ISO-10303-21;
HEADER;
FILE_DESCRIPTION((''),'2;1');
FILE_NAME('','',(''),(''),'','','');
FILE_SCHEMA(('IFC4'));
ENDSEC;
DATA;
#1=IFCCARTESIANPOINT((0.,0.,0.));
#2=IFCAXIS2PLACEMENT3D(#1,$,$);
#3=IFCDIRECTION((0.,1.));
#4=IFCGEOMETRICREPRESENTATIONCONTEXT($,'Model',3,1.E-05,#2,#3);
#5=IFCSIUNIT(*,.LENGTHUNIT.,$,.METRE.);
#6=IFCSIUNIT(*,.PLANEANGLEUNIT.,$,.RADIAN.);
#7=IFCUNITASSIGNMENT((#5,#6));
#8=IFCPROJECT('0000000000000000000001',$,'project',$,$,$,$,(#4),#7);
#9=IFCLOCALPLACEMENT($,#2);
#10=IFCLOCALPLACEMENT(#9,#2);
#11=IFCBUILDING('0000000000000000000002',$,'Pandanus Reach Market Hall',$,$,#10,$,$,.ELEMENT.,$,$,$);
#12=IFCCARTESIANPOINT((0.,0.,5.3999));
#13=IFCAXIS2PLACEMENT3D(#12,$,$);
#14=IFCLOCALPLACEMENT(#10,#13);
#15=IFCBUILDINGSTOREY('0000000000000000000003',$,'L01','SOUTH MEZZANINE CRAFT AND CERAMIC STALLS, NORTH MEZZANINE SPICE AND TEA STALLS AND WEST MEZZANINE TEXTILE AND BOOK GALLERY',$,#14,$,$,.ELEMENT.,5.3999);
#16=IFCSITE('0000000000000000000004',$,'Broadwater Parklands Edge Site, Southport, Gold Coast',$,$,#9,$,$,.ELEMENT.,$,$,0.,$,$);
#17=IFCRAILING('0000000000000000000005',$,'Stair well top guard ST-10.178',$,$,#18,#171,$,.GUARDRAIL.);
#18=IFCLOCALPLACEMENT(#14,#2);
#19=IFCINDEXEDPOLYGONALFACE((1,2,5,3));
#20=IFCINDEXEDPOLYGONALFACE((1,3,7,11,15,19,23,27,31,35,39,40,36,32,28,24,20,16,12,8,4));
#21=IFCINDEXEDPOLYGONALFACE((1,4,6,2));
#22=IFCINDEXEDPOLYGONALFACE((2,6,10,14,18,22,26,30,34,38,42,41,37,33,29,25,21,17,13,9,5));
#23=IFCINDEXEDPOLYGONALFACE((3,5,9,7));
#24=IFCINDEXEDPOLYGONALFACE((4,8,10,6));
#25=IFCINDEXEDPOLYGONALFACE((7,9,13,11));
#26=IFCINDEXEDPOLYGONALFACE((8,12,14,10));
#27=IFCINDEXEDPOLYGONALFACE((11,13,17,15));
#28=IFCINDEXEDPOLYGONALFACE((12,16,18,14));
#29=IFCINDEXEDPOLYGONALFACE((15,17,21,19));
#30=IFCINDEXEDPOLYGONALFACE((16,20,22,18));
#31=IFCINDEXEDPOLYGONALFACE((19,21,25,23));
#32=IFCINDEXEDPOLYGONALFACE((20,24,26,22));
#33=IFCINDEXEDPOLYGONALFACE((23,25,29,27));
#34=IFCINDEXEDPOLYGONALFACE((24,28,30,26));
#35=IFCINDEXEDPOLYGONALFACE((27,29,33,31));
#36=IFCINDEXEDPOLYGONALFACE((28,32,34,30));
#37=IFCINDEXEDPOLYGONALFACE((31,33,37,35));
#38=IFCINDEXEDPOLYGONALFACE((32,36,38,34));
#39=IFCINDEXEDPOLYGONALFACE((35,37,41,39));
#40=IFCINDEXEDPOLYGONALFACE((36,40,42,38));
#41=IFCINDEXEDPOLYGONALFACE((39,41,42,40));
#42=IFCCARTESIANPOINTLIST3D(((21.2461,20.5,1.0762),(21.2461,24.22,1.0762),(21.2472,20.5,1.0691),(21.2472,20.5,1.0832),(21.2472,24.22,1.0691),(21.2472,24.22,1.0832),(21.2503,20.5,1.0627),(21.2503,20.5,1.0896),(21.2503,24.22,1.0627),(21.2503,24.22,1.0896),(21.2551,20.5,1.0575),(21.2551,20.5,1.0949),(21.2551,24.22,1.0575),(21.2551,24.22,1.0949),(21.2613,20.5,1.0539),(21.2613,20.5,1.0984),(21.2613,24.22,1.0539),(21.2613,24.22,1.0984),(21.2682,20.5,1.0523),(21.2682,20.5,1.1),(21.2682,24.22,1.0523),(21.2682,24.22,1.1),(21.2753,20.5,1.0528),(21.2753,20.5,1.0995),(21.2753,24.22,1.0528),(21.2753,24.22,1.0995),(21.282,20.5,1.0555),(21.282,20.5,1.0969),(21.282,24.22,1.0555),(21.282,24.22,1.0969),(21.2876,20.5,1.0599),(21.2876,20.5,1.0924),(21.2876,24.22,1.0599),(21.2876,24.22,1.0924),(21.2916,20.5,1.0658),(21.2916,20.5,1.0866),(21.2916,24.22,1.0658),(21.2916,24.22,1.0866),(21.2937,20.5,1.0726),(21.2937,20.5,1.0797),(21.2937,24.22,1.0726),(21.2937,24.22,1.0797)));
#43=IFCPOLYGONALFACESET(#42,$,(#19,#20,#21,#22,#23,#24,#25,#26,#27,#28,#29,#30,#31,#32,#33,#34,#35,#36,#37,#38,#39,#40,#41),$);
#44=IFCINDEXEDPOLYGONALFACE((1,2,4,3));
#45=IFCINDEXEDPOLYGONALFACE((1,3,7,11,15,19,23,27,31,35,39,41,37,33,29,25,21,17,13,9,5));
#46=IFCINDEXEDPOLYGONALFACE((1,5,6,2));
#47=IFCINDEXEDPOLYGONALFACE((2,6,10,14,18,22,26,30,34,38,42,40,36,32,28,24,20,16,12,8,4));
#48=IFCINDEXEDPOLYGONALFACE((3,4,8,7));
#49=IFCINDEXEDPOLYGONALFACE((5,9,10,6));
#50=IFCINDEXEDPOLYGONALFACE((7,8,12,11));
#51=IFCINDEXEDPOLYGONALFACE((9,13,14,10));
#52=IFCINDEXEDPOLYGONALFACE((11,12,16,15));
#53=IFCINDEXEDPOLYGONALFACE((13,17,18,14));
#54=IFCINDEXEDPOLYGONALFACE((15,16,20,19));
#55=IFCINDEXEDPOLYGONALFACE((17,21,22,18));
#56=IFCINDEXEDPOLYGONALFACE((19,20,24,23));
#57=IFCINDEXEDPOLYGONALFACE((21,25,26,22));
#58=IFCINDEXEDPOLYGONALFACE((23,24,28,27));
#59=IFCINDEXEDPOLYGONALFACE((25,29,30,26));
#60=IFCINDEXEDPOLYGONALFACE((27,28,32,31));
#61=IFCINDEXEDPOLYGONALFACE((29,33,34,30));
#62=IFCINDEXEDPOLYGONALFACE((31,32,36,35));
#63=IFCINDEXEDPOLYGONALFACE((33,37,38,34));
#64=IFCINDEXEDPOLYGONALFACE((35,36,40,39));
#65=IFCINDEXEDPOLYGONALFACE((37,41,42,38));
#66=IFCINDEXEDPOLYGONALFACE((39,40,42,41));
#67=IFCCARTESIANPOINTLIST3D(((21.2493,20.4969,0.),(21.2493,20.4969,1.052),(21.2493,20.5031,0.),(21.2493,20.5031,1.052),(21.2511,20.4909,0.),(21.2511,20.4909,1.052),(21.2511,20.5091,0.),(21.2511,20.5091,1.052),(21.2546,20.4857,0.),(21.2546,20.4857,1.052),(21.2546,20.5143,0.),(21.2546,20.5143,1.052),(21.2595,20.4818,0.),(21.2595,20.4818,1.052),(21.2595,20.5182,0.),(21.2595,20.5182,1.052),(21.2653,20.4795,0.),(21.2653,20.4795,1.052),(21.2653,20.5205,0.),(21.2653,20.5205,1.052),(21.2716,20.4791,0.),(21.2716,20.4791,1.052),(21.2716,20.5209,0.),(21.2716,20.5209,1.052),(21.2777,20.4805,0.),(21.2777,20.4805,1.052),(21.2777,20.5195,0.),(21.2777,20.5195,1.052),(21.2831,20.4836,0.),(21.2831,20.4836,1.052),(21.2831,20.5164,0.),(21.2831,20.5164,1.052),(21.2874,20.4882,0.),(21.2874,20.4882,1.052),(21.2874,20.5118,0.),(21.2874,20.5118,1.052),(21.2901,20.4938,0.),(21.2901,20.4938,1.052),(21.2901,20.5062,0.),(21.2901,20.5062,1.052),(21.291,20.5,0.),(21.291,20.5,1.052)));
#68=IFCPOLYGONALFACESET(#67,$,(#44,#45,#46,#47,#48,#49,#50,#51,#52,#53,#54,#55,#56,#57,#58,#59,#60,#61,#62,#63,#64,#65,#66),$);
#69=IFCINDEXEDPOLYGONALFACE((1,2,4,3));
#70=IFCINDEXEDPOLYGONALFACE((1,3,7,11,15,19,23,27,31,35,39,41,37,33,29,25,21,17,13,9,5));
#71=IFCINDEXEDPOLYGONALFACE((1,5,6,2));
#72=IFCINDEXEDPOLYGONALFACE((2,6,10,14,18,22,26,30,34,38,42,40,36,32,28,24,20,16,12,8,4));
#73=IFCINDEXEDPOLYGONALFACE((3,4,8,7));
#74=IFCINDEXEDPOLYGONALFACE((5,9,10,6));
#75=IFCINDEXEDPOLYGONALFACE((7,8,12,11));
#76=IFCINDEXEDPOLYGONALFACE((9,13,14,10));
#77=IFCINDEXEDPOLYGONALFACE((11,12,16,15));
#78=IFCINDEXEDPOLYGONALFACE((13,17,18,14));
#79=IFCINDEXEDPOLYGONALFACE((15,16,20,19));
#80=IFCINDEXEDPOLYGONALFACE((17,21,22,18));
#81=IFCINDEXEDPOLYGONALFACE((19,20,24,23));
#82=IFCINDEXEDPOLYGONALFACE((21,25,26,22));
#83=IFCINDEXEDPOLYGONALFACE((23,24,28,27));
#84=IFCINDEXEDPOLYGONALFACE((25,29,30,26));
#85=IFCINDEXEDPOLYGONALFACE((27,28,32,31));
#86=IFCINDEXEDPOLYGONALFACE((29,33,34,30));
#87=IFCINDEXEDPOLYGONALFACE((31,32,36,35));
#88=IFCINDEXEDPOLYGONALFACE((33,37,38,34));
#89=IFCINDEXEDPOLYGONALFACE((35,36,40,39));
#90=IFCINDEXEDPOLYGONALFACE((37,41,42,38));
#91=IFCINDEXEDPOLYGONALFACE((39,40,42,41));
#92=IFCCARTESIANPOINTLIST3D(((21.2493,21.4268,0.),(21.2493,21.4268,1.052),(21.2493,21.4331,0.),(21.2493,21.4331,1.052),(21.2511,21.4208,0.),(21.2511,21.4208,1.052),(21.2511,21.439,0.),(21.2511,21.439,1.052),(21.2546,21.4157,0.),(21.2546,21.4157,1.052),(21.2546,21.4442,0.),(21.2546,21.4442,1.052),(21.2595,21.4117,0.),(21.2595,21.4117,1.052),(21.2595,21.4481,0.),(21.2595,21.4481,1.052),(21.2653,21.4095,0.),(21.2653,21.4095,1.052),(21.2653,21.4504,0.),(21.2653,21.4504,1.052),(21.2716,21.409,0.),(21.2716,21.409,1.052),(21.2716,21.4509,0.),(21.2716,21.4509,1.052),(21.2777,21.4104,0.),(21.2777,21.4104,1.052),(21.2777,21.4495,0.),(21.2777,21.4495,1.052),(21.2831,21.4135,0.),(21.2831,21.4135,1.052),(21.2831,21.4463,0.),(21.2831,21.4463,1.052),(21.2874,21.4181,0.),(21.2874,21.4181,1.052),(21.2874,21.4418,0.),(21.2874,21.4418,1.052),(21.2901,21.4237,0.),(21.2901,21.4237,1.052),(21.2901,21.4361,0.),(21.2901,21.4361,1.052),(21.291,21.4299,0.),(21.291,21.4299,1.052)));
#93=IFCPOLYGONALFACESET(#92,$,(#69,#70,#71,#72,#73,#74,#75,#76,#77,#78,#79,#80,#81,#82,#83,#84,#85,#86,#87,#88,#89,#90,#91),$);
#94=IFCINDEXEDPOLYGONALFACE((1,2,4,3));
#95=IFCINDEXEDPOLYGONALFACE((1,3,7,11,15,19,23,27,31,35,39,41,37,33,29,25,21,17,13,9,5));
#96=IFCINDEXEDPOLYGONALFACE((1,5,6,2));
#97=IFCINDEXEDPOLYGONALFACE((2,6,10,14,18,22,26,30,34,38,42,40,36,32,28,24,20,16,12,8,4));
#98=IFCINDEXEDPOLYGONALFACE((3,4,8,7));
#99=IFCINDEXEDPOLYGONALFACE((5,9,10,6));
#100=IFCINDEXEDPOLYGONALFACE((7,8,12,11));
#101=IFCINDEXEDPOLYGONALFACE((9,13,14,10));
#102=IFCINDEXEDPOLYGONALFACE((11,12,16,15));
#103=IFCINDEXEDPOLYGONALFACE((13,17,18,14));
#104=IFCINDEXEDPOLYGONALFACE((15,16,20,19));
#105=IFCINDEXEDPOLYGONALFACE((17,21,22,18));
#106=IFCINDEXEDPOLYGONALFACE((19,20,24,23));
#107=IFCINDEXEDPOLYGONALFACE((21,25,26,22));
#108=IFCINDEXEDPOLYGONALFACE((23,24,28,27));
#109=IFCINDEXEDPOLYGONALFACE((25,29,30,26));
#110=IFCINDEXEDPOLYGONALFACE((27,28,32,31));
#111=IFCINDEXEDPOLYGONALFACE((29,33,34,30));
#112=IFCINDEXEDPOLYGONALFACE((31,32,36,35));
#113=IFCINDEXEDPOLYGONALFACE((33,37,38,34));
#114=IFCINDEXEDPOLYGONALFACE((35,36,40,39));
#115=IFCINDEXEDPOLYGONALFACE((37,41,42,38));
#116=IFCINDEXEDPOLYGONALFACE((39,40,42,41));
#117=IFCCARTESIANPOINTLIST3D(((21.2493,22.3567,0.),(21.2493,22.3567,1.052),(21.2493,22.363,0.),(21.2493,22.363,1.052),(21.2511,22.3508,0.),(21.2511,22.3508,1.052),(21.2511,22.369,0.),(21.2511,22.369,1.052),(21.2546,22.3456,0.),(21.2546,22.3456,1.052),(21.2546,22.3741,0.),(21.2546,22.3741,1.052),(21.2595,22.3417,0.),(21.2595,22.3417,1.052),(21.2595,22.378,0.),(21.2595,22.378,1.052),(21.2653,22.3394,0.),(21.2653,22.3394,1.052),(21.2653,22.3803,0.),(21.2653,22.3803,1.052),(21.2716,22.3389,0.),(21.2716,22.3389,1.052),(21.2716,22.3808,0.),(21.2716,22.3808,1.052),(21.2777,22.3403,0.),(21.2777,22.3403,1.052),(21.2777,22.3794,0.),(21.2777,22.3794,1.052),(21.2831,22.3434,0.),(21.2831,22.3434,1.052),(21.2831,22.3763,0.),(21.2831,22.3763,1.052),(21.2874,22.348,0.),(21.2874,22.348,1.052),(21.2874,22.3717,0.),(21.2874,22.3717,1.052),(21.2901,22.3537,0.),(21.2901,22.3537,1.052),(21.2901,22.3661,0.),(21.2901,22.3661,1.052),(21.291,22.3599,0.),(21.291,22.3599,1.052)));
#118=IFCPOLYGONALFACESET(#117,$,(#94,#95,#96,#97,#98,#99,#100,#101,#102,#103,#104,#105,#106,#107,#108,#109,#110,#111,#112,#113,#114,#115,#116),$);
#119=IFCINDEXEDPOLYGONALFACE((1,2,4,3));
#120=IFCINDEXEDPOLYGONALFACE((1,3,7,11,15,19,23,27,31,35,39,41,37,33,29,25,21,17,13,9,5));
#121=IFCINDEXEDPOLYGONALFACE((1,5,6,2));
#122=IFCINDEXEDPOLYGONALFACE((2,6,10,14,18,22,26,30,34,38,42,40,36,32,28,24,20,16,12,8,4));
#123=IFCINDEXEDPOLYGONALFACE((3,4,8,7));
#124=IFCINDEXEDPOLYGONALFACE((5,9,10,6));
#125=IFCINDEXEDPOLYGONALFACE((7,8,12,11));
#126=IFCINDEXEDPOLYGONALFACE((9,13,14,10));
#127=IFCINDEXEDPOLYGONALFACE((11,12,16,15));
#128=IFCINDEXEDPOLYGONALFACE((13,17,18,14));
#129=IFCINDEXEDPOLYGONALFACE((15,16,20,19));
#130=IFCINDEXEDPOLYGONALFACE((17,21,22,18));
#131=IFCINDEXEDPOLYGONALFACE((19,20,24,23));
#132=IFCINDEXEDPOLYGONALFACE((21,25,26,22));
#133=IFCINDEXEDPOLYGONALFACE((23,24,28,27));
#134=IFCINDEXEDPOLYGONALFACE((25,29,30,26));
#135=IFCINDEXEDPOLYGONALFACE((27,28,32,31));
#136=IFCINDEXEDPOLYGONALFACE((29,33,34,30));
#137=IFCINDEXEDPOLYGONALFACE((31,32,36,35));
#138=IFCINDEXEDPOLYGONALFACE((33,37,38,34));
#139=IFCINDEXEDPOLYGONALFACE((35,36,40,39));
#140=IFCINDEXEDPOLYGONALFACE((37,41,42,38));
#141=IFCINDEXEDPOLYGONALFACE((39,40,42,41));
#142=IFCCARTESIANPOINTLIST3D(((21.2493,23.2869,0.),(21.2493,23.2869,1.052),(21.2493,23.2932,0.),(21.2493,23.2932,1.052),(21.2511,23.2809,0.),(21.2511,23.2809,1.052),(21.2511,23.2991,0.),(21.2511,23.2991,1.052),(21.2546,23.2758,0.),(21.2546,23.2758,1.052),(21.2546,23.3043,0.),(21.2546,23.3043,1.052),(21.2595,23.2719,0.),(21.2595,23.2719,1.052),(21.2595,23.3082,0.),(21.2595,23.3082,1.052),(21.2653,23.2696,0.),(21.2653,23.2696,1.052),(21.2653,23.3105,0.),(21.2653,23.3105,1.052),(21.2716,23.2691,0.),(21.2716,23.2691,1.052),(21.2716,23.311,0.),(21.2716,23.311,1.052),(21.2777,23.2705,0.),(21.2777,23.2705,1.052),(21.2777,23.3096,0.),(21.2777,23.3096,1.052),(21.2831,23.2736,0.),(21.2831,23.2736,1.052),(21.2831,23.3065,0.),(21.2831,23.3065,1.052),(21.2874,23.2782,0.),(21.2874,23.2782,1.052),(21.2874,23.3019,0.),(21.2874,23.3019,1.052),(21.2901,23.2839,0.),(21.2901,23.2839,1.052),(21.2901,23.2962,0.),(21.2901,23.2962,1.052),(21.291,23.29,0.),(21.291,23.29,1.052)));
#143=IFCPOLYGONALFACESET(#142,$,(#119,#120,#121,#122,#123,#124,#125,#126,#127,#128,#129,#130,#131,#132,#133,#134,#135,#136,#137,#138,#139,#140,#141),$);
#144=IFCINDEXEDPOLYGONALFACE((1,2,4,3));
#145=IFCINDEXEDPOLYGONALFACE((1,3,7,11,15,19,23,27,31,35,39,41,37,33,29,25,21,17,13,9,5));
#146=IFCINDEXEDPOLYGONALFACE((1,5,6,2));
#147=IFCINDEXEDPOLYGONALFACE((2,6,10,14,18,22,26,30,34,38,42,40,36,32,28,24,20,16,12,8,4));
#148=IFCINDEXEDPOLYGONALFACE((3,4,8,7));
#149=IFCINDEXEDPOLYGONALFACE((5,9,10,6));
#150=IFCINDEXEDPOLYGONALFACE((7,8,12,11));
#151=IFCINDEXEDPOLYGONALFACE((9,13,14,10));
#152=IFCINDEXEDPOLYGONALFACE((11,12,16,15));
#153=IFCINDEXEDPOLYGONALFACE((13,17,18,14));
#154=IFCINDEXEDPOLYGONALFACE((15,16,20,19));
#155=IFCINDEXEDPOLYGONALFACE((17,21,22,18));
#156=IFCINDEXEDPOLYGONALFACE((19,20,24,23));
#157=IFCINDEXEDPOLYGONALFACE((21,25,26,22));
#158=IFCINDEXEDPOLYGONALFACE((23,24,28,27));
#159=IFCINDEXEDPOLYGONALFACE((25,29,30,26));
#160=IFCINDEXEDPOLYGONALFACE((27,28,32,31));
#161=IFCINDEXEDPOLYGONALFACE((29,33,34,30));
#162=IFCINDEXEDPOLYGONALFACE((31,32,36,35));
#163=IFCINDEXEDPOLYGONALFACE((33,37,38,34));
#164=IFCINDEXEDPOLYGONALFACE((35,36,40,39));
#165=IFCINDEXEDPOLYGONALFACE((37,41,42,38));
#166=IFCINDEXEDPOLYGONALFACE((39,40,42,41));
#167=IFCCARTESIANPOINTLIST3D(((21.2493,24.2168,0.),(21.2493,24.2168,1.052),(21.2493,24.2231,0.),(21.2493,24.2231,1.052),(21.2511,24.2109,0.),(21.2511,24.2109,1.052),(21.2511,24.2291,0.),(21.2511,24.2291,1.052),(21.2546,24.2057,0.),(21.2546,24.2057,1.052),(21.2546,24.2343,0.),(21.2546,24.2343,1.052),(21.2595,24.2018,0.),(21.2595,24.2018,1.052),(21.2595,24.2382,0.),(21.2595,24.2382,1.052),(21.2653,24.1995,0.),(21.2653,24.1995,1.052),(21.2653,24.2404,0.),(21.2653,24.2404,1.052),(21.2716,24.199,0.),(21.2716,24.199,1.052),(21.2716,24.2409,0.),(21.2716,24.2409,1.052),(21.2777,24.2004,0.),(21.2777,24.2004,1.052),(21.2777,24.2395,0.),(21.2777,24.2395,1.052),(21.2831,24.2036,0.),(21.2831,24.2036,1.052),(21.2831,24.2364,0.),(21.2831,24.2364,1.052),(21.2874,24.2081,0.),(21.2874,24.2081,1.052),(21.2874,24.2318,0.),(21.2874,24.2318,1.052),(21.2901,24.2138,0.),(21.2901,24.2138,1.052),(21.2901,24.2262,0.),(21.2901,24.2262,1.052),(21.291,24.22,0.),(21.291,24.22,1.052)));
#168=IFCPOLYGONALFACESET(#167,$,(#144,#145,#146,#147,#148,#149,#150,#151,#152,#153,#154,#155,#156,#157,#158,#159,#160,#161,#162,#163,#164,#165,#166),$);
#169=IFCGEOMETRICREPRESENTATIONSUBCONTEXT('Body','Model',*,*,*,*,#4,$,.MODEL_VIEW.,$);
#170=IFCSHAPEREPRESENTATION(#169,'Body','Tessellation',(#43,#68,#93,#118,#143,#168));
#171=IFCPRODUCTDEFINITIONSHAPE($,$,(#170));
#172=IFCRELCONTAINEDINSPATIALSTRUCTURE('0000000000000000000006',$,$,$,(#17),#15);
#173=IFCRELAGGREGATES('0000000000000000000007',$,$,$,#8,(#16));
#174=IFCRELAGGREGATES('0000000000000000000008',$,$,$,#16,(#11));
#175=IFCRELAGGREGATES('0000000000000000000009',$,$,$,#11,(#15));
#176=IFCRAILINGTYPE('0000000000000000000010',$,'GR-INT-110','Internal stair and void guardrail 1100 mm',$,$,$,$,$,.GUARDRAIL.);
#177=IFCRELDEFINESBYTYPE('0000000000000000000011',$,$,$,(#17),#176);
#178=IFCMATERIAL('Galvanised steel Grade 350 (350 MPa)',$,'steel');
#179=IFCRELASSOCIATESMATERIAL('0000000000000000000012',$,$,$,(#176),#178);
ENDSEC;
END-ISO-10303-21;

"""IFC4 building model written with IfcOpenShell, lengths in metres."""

from ifc_helpers import new_model, si_unit, direction, frame, origin, origin_2d, place, context, subcontext, project, spatial, circle, extrude, material, type_object, element, save


model = new_model("IFC4")

# Units and contexts
model_context = context("Model", 3, precision=1e-05, world=origin(), true_north=direction((0.0, 1.0)))
body_context = subcontext(model_context, "Body", "Model", "MODEL_VIEW")
ifc_project = project(units=[si_unit("LENGTHUNIT", "METRE"), si_unit("PLANEANGLEUNIT", "RADIAN")], contexts=[model_context])

# Site, building, storey
site_placement = place(None, origin())
site = spatial("IfcSite", under=ifc_project, at=site_placement, Name="Broadwater Parklands Edge Site, Southport, Gold Coast", CompositionType="ELEMENT", RefElevation=0.0)
building_placement = place(site_placement, origin())
building = spatial("IfcBuilding", under=site, at=building_placement, Name="Pandanus Reach Market Hall", CompositionType="ELEMENT")
storey_placement = place(building_placement, frame((0.0, 0.0, 5.3999)))
storey = spatial("IfcBuildingStorey", under=building, at=storey_placement, Name="L01", Description="SOUTH MEZZANINE CRAFT AND CERAMIC STALLS, NORTH MEZZANINE SPICE AND TEA STALLS AND WEST MEZZANINE TEXTILE AND BOOK GALLERY", CompositionType="ELEMENT", Elevation=5.3999)

# Railing
ifc_material_1 = material(Name="Galvanised steel Grade 350 (350 MPa)", Category="steel")
railing_type = type_object("IfcRailingType", Name="GR-INT-110", Description="Internal stair and void guardrail 1100 mm", PredefinedType="GUARDRAIL", material=ifc_material_1)
railing_1_placement = place(storey_placement, frame((21.27, 20.5, 0.0)))
element("IfcRailing", 1, at=railing_1_placement, inside=storey, type_object=railing_type, Name="Stair well top guard ST-10.178", PredefinedType="GUARDRAIL", context=body_context, shape_type="SweptSolid", body=[
    extrude(circle(Radius=0.0239, at=origin_2d()), frame((0.0, 0.0, 1.0762), z_axis=(0.0, 1.0, 0.0), x_axis=(-1.0, 0.0, 0.0)), (0.0, 0.0, 1.0), 3.72),
    extrude(circle(Radius=0.021, at=origin_2d()), origin(), (0.0, 0.0, 1.0), 1.052),
    extrude(circle(Radius=0.021, at=origin_2d()), frame((0.0, 0.9299, 0.0)), (0.0, 0.0, 1.0), 1.052),
    extrude(circle(Radius=0.021, at=origin_2d()), frame((0.0, 1.8599, 0.0)), (0.0, 0.0, 1.0), 1.052),
    extrude(circle(Radius=0.021, at=origin_2d()), frame((0.0, 2.79, 0.0)), (0.0, 0.0, 1.0), 1.052),
    extrude(circle(Radius=0.021, at=origin_2d()), frame((0.0, 3.72, 0.0)), (0.0, 0.0, 1.0), 1.052),
])

save(model, "model.ifc")
